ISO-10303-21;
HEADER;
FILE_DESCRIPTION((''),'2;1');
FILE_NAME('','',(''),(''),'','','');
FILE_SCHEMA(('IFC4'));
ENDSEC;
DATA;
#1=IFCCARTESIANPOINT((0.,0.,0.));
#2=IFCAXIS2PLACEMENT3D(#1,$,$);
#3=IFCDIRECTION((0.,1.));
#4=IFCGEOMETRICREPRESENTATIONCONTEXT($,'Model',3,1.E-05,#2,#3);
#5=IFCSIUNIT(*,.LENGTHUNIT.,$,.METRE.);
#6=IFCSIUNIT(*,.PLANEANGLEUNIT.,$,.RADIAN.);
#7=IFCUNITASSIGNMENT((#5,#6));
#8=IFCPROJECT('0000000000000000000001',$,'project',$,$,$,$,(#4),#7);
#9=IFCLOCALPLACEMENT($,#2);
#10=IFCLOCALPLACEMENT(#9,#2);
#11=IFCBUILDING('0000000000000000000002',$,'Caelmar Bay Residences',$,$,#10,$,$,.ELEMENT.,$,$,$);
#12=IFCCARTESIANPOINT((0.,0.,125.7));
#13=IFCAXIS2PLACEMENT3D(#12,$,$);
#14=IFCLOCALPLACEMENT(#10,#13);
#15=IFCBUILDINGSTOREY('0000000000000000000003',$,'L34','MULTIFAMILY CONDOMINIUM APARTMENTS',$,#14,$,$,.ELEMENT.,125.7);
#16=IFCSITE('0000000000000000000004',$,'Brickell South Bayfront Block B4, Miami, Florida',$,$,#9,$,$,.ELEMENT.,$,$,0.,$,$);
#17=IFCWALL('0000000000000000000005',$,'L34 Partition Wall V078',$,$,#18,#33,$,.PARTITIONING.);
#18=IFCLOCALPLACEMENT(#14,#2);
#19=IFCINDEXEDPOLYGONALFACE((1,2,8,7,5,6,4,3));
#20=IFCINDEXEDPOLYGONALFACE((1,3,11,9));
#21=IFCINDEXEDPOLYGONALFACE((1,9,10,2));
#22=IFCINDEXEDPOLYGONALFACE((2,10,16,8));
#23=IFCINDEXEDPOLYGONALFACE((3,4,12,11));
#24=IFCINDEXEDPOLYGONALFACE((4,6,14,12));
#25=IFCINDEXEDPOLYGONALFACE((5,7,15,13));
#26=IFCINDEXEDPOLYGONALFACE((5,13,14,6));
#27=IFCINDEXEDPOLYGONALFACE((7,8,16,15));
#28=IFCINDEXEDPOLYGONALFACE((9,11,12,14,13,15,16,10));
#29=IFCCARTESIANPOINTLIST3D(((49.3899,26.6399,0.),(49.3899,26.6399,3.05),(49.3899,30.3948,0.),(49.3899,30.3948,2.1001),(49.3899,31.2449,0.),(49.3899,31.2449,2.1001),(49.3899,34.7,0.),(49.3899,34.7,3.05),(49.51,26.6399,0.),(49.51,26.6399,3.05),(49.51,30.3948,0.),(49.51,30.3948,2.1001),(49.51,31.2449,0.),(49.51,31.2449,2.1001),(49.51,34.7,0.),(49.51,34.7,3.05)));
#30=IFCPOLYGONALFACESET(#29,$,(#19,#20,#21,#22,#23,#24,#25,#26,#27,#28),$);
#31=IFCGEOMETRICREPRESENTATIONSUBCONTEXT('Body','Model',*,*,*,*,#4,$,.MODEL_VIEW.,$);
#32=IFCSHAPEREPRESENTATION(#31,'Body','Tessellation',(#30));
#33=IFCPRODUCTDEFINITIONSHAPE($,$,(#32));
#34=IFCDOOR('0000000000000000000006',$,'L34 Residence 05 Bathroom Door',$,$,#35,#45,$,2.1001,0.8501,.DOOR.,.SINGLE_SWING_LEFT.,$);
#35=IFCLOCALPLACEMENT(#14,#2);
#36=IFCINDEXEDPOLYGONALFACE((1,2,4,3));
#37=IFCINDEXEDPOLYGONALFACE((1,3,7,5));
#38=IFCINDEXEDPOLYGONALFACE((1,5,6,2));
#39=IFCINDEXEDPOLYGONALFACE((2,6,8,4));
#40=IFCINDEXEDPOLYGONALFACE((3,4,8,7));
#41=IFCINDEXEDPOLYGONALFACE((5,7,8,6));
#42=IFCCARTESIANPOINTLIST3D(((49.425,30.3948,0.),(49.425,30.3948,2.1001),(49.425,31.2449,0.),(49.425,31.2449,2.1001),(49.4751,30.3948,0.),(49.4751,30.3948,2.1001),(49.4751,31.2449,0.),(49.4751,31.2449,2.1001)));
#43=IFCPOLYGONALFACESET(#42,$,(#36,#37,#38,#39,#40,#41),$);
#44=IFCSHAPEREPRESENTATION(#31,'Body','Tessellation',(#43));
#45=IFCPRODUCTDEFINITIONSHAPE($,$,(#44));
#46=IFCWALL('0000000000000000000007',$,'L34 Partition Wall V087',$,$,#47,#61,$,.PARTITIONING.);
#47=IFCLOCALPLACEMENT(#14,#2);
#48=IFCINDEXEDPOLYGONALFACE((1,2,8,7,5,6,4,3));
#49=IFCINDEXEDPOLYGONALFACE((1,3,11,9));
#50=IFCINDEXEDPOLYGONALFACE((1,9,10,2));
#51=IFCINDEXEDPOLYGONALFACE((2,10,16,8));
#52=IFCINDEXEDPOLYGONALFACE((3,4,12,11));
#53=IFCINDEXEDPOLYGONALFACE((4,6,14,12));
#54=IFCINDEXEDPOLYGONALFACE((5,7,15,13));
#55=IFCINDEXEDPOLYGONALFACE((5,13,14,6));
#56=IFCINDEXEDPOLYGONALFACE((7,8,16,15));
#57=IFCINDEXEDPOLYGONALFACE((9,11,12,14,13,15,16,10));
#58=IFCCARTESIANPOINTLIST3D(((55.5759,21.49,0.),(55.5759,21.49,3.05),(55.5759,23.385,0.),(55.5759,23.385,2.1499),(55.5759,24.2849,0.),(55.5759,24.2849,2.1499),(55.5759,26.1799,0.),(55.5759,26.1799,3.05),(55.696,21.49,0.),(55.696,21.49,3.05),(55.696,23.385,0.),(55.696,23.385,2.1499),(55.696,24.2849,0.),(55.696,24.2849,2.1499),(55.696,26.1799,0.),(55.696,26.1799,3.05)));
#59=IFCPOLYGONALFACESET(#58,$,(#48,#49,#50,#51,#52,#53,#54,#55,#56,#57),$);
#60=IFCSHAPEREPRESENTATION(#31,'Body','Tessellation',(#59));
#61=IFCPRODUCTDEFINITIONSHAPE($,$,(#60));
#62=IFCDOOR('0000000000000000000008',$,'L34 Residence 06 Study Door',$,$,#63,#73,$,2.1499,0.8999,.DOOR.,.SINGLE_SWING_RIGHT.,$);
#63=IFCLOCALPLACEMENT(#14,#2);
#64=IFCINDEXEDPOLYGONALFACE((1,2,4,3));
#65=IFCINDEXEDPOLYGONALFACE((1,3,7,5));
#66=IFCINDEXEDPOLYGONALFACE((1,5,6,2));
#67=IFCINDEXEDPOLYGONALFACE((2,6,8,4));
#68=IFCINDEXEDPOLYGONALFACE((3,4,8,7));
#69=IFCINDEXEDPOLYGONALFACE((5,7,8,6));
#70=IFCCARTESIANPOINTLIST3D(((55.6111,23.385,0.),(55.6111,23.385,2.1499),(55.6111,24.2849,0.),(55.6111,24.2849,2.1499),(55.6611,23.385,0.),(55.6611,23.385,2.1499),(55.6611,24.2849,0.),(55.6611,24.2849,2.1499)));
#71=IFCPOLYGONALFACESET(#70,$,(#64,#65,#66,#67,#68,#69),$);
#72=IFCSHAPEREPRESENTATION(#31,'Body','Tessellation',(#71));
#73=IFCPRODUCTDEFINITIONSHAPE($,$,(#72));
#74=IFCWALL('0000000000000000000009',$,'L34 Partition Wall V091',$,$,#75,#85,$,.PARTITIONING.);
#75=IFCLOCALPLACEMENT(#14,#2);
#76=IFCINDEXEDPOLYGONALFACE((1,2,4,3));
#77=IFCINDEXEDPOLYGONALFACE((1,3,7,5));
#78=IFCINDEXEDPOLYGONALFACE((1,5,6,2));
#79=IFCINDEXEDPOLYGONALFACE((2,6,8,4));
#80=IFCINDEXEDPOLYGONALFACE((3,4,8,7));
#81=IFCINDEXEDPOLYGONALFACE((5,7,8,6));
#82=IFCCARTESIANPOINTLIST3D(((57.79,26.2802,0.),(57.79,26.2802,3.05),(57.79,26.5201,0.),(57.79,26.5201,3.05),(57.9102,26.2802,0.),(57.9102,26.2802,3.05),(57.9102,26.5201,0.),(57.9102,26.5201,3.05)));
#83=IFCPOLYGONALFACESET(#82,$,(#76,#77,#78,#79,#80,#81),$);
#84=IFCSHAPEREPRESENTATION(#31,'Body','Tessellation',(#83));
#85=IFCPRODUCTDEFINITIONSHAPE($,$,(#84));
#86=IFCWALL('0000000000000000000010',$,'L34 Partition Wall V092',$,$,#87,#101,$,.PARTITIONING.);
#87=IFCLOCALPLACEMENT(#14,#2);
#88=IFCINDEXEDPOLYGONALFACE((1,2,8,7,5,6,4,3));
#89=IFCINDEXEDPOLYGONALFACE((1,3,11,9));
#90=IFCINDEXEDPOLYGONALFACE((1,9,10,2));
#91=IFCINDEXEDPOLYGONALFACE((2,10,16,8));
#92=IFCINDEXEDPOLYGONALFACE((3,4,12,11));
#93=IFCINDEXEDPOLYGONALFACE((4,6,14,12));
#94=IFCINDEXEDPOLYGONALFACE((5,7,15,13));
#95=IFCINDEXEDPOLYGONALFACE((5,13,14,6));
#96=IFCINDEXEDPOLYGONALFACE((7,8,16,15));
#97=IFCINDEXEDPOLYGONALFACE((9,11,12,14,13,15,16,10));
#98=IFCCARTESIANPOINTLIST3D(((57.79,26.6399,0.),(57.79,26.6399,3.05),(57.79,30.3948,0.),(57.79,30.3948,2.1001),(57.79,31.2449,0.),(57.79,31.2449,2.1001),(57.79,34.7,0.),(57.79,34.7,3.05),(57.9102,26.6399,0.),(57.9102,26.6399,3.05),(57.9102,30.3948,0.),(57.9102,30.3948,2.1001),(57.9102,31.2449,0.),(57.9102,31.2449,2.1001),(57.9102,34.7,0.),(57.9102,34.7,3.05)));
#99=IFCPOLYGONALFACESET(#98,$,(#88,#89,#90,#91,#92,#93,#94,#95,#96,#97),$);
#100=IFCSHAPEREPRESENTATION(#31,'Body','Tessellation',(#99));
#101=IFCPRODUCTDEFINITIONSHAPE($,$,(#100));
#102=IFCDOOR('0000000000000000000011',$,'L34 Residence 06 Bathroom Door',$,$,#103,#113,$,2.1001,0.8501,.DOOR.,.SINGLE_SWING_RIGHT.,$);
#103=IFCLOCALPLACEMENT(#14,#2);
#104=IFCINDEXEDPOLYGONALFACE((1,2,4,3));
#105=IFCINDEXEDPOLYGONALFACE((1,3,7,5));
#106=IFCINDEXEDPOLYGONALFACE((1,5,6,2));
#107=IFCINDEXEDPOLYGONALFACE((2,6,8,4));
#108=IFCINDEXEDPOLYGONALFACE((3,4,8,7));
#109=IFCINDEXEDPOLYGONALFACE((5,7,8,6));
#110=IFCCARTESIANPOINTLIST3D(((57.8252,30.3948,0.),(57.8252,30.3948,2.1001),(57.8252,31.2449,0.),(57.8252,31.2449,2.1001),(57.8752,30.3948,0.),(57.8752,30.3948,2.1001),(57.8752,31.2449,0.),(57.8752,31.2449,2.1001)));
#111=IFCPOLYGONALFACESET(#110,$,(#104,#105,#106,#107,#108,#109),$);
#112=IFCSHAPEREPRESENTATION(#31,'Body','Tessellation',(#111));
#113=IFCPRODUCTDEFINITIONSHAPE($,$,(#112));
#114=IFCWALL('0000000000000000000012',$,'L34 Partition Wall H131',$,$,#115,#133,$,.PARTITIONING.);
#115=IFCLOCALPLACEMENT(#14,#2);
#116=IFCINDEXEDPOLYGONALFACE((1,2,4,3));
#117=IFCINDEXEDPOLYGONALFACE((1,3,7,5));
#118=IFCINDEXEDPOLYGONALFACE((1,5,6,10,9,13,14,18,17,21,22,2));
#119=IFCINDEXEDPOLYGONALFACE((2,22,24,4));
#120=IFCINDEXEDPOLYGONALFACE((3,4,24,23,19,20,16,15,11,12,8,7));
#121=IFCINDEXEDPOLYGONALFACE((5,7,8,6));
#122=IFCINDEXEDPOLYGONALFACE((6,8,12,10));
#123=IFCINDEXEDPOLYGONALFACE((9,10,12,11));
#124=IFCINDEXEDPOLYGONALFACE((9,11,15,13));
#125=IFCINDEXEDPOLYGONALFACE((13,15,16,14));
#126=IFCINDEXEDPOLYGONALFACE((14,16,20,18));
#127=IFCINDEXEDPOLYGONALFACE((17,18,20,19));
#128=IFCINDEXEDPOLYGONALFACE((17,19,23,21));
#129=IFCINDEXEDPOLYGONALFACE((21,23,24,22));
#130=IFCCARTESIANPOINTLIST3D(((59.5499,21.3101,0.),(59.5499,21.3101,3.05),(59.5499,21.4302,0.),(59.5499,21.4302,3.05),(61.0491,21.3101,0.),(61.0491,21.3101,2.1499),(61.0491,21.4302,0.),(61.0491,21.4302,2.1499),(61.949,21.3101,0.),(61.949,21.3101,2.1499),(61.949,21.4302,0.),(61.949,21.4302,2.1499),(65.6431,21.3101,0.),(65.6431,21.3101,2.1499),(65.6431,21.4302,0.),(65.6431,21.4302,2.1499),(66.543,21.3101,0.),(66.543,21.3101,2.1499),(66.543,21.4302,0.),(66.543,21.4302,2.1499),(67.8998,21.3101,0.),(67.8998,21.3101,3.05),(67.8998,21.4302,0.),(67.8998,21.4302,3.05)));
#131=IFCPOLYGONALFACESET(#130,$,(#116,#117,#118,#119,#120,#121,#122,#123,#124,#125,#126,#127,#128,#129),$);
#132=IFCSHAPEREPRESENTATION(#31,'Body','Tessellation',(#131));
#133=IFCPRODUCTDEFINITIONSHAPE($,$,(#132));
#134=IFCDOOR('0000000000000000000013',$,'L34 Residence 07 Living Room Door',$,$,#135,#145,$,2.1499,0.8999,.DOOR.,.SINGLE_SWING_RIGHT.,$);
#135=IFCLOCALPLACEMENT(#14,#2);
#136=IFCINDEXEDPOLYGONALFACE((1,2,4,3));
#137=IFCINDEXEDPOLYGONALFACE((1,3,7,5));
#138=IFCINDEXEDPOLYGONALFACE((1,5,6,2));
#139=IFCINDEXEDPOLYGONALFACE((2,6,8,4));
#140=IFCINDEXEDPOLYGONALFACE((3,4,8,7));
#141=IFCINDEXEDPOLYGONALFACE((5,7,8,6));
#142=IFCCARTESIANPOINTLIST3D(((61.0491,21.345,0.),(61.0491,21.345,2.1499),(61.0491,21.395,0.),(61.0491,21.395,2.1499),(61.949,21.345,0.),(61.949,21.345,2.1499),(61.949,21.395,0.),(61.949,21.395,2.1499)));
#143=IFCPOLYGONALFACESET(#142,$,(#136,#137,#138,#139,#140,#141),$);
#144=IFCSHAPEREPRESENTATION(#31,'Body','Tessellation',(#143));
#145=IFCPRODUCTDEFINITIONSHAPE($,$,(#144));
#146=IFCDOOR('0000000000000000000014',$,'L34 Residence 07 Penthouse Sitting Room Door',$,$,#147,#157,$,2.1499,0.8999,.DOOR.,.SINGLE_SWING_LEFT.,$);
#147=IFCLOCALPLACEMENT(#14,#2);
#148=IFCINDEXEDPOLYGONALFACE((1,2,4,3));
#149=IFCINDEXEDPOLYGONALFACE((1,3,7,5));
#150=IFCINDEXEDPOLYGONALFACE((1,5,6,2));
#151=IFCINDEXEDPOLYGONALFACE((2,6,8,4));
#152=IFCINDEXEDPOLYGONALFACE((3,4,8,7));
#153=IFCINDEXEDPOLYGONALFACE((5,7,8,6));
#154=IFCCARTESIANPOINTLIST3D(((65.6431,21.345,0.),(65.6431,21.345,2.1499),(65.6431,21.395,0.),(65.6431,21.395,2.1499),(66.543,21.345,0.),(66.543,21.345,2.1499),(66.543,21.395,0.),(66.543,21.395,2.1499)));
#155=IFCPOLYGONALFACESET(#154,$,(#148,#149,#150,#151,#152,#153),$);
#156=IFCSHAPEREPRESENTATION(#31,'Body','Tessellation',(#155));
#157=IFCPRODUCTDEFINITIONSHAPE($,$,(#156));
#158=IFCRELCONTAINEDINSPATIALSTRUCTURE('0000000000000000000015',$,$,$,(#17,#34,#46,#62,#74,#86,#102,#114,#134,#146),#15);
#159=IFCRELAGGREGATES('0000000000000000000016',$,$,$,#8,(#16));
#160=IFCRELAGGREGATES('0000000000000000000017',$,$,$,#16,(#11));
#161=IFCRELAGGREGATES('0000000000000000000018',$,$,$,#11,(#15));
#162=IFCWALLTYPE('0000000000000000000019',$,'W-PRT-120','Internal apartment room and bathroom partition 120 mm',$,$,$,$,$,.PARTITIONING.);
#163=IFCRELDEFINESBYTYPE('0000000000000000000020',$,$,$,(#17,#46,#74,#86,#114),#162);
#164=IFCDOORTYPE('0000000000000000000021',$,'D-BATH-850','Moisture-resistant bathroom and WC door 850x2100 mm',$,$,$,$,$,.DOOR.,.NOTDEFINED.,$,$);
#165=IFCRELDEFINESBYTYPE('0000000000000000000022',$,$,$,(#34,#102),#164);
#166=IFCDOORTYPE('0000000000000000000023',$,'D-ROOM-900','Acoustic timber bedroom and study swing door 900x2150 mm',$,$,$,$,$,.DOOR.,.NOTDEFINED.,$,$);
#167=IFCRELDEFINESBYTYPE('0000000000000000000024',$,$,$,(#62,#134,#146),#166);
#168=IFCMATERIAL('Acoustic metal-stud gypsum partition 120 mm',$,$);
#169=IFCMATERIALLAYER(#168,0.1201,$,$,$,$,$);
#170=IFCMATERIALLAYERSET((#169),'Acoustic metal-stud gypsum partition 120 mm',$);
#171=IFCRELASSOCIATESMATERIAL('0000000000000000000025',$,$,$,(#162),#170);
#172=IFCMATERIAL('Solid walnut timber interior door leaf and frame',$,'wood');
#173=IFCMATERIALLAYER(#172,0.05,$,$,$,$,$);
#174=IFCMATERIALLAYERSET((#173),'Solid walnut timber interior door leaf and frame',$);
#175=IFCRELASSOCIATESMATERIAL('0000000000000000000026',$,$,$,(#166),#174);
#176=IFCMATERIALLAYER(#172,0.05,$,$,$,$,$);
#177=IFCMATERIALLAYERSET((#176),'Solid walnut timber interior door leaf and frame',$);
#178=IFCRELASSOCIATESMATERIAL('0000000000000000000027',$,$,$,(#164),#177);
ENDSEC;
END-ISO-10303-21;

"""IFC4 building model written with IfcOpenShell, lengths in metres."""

from ifc_helpers import new_model, si_unit, direction, frame, frame_2d, origin, place, context, subcontext, project, spatial, rectangle, extrude, material, layer, layer_set, type_object, element, fill, save


model = new_model("IFC4")

# Units and contexts
model_context = context("Model", 3, precision=1e-05, world=origin(), true_north=direction((0.0, 1.0)))
body_context = subcontext(model_context, "Body", "Model", "MODEL_VIEW")
ifc_project = project(units=[si_unit("LENGTHUNIT", "METRE"), si_unit("PLANEANGLEUNIT", "RADIAN")], contexts=[model_context])

# Site, building, storey
site_placement = place(None, origin())
site = spatial("IfcSite", under=ifc_project, at=site_placement, Name="Brickell South Bayfront Block B4, Miami, Florida", CompositionType="ELEMENT", RefElevation=0.0)
building_placement = place(site_placement, origin())
building = spatial("IfcBuilding", under=site, at=building_placement, Name="Caelmar Bay Residences", CompositionType="ELEMENT")
storey_placement = place(building_placement, frame((0.0, 0.0, 125.7)))
storey = spatial("IfcBuildingStorey", under=building, at=storey_placement, Name="L34", Description="MULTIFAMILY CONDOMINIUM APARTMENTS", CompositionType="ELEMENT", Elevation=125.7)

# Shared definitions
ifc_material_1 = material(Name="Acoustic metal-stud gypsum partition 120 mm")
ifc_layer_1 = layer(ifc_material_1, 0.1201)
ifc_layer_set_1 = layer_set([ifc_layer_1], Name="Acoustic metal-stud gypsum partition 120 mm")
wall_type_1 = type_object("IfcWallType", Name="W-PRT-120", Description="Internal apartment room and bathroom partition 120 mm", PredefinedType="PARTITIONING", material=ifc_layer_set_1)
ifc_material_2 = material(Name="Solid walnut timber interior door leaf and frame", Category="wood")
ifc_layer_2 = layer(ifc_material_2, 0.05)
ifc_layer_set_2 = layer_set([ifc_layer_2], Name="Solid walnut timber interior door leaf and frame")
door_type_1 = type_object("IfcDoorType", Name="D-ROOM-900", Description="Acoustic timber bedroom and study swing door 900x2150 mm", OperationType="NOTDEFINED", PredefinedType="DOOR", material=ifc_layer_set_2)

# Walls, openings, doors
wall_1_placement = place(storey_placement, frame((49.45, 26.6399, 0.0), z_axis=(0.0, 0.0, 1.0), x_axis=(0.0, 1.0, 0.0)))
wall_1 = element("IfcWall", 1, at=wall_1_placement, inside=storey, type_object=wall_type_1, Name="L34 Partition Wall V078", PredefinedType="PARTITIONING", context=body_context, shape_type="SweptSolid", body=[
    extrude(rectangle(XDim=8.0601, YDim=0.1201, at=frame_2d((4.03, 0.0))), origin(), (0.0, 0.0, 1.0), 3.05),
])
opening_1_placement = place(wall_1_placement, frame((3.7549, 0.0, 0.0)))
opening_1 = element("IfcOpeningElement", 2, at=opening_1_placement, cuts=wall_1, PredefinedType="OPENING", context=body_context, shape_type="SweptSolid", body=[
    extrude(rectangle(XDim=0.8501, YDim=2.1001, at=frame_2d((0.425, 1.05))), frame((0.0, 0.0701, 0.0), z_axis=(0.0, -1.0, 0.0), x_axis=(1.0, 0.0, 0.0)), (0.0, 0.0, 1.0), 0.1401),
])
ifc_layer_3 = layer(ifc_material_2, 0.05)
ifc_layer_set_3 = layer_set([ifc_layer_3], Name="Solid walnut timber interior door leaf and frame")
door_type_2 = type_object("IfcDoorType", Name="D-BATH-850", Description="Moisture-resistant bathroom and WC door 850x2100 mm", OperationType="NOTDEFINED", PredefinedType="DOOR", material=ifc_layer_set_3)
door_1_placement = place(opening_1_placement, origin())
door_1 = element("IfcDoor", 3, at=door_1_placement, inside=storey, type_object=door_type_2, Name="L34 Residence 05 Bathroom Door", OperationType="SINGLE_SWING_LEFT", OverallHeight=2.1001, OverallWidth=0.8501, PredefinedType="DOOR", context=body_context, shape_type="SweptSolid", body=[
    extrude(rectangle(XDim=0.8501, YDim=2.1001, at=frame_2d((0.425, 1.05))), frame((0.0, 0.0249, 0.0), z_axis=(0.0, -1.0, 0.0), x_axis=(1.0, 0.0, 0.0)), (0.0, 0.0, 1.0), 0.05),
])
fill(opening_1, door_1)
wall_2_placement = place(storey_placement, frame((55.636, 21.49, 0.0), z_axis=(0.0, 0.0, 1.0), x_axis=(0.0, 1.0, 0.0)))
wall_2 = element("IfcWall", 4, at=wall_2_placement, inside=storey, type_object=wall_type_1, Name="L34 Partition Wall V087", PredefinedType="PARTITIONING", context=body_context, shape_type="SweptSolid", body=[
    extrude(rectangle(XDim=4.6899, YDim=0.1201, at=frame_2d((2.345, 0.0))), origin(), (0.0, 0.0, 1.0), 3.05),
])
opening_2_placement = place(wall_2_placement, frame((1.895, 0.0, 0.0)))
opening_2 = element("IfcOpeningElement", 5, at=opening_2_placement, cuts=wall_2, PredefinedType="OPENING", context=body_context, shape_type="SweptSolid", body=[
    extrude(rectangle(XDim=0.8999, YDim=2.1499, at=frame_2d((0.45, 1.075))), frame((0.0, 0.0701, 0.0), z_axis=(0.0, -1.0, 0.0), x_axis=(1.0, 0.0, 0.0)), (0.0, 0.0, 1.0), 0.1401),
])
door_2_placement = place(opening_2_placement, origin())
door_2 = element("IfcDoor", 6, at=door_2_placement, inside=storey, type_object=door_type_1, Name="L34 Residence 06 Study Door", OperationType="SINGLE_SWING_RIGHT", OverallHeight=2.1499, OverallWidth=0.8999, PredefinedType="DOOR", context=body_context, shape_type="SweptSolid", body=[
    extrude(rectangle(XDim=0.8999, YDim=2.1499, at=frame_2d((0.45, 1.075))), frame((0.0, 0.0249, 0.0), z_axis=(0.0, -1.0, 0.0), x_axis=(1.0, 0.0, 0.0)), (0.0, 0.0, 1.0), 0.05),
])
fill(opening_2, door_2)

# Wall
wall_3_placement = place(storey_placement, frame((57.8501, 26.28, 0.0), z_axis=(0.0, 0.0, 1.0), x_axis=(0.0, 1.0, 0.0)))
element("IfcWall", 7, at=wall_3_placement, inside=storey, type_object=wall_type_1, Name="L34 Partition Wall V091", PredefinedType="PARTITIONING", context=body_context, shape_type="SweptSolid", body=[
    extrude(rectangle(XDim=0.24, YDim=0.1201, at=frame_2d((0.1201, 0.0))), origin(), (0.0, 0.0, 1.0), 3.05),
])

# Wall, opening, door
wall_4_placement = place(storey_placement, frame((57.8501, 26.6399, 0.0), z_axis=(0.0, 0.0, 1.0), x_axis=(0.0, 1.0, 0.0)))
wall_4 = element("IfcWall", 8, at=wall_4_placement, inside=storey, type_object=wall_type_1, Name="L34 Partition Wall V092", PredefinedType="PARTITIONING", context=body_context, shape_type="SweptSolid", body=[
    extrude(rectangle(XDim=8.0601, YDim=0.1201, at=frame_2d((4.03, 0.0))), origin(), (0.0, 0.0, 1.0), 3.05),
])
opening_3_placement = place(wall_4_placement, frame((3.7549, 0.0, 0.0)))
opening_3 = element("IfcOpeningElement", 9, at=opening_3_placement, cuts=wall_4, PredefinedType="OPENING", context=body_context, shape_type="SweptSolid", body=[
    extrude(rectangle(XDim=0.8501, YDim=2.1001, at=frame_2d((0.425, 1.05))), frame((0.0, 0.0701, 0.0), z_axis=(0.0, -1.0, 0.0), x_axis=(1.0, 0.0, 0.0)), (0.0, 0.0, 1.0), 0.1401),
])
door_3_placement = place(opening_3_placement, origin())
door_3 = element("IfcDoor", 10, at=door_3_placement, inside=storey, type_object=door_type_2, Name="L34 Residence 06 Bathroom Door", OperationType="SINGLE_SWING_RIGHT", OverallHeight=2.1001, OverallWidth=0.8501, PredefinedType="DOOR", context=body_context, shape_type="SweptSolid", body=[
    extrude(rectangle(XDim=0.8501, YDim=2.1001, at=frame_2d((0.425, 1.05))), frame((0.0, 0.0249, 0.0), z_axis=(0.0, -1.0, 0.0), x_axis=(1.0, 0.0, 0.0)), (0.0, 0.0, 1.0), 0.05),
])
fill(opening_3, door_3)

# Wall, openings, doors
wall_5_placement = place(storey_placement, frame((59.55, 21.3701, 0.0), z_axis=(0.0, 0.0, 1.0), x_axis=(1.0, 0.0, 0.0)))
wall_5 = element("IfcWall", 11, at=wall_5_placement, inside=storey, type_object=wall_type_1, Name="L34 Partition Wall H131", PredefinedType="PARTITIONING", context=body_context, shape_type="SweptSolid", body=[
    extrude(rectangle(XDim=8.3499, YDim=0.1201, at=frame_2d((4.1748, 0.0))), origin(), (0.0, 0.0, 1.0), 3.05),
])
opening_4_placement = place(wall_5_placement, frame((1.499, 0.0, 0.0)))
opening_4 = element("IfcOpeningElement", 12, at=opening_4_placement, cuts=wall_5, PredefinedType="OPENING", context=body_context, shape_type="SweptSolid", body=[
    extrude(rectangle(XDim=0.8999, YDim=2.1499, at=frame_2d((0.45, 1.075))), frame((0.0, 0.0701, 0.0), z_axis=(0.0, -1.0, 0.0), x_axis=(1.0, 0.0, 0.0)), (0.0, 0.0, 1.0), 0.1401),
])
opening_5_placement = place(wall_5_placement, frame((6.093, 0.0, 0.0)))
opening_5 = element("IfcOpeningElement", 13, at=opening_5_placement, cuts=wall_5, PredefinedType="OPENING", context=body_context, shape_type="SweptSolid", body=[
    extrude(rectangle(XDim=0.8999, YDim=2.1499, at=frame_2d((0.45, 1.075))), frame((0.0, 0.0701, 0.0), z_axis=(0.0, -1.0, 0.0), x_axis=(1.0, 0.0, 0.0)), (0.0, 0.0, 1.0), 0.1401),
])
door_4_placement = place(opening_4_placement, origin())
door_4 = element("IfcDoor", 14, at=door_4_placement, inside=storey, type_object=door_type_1, Name="L34 Residence 07 Living Room Door", OperationType="SINGLE_SWING_RIGHT", OverallHeight=2.1499, OverallWidth=0.8999, PredefinedType="DOOR", context=body_context, shape_type="SweptSolid", body=[
    extrude(rectangle(XDim=0.8999, YDim=2.1499, at=frame_2d((0.45, 1.075))), frame((0.0, 0.0249, 0.0), z_axis=(0.0, -1.0, 0.0), x_axis=(1.0, 0.0, 0.0)), (0.0, 0.0, 1.0), 0.05),
])
fill(opening_4, door_4)
door_5_placement = place(opening_5_placement, origin())
door_5 = element("IfcDoor", 15, at=door_5_placement, inside=storey, type_object=door_type_1, Name="L34 Residence 07 Penthouse Sitting Room Door", OperationType="SINGLE_SWING_LEFT", OverallHeight=2.1499, OverallWidth=0.8999, PredefinedType="DOOR", context=body_context, shape_type="SweptSolid", body=[
    extrude(rectangle(XDim=0.8999, YDim=2.1499, at=frame_2d((0.45, 1.075))), frame((0.0, 0.0249, 0.0), z_axis=(0.0, -1.0, 0.0), x_axis=(1.0, 0.0, 0.0)), (0.0, 0.0, 1.0), 0.05),
])
fill(opening_5, door_5)

save(model, "model.ifc")
